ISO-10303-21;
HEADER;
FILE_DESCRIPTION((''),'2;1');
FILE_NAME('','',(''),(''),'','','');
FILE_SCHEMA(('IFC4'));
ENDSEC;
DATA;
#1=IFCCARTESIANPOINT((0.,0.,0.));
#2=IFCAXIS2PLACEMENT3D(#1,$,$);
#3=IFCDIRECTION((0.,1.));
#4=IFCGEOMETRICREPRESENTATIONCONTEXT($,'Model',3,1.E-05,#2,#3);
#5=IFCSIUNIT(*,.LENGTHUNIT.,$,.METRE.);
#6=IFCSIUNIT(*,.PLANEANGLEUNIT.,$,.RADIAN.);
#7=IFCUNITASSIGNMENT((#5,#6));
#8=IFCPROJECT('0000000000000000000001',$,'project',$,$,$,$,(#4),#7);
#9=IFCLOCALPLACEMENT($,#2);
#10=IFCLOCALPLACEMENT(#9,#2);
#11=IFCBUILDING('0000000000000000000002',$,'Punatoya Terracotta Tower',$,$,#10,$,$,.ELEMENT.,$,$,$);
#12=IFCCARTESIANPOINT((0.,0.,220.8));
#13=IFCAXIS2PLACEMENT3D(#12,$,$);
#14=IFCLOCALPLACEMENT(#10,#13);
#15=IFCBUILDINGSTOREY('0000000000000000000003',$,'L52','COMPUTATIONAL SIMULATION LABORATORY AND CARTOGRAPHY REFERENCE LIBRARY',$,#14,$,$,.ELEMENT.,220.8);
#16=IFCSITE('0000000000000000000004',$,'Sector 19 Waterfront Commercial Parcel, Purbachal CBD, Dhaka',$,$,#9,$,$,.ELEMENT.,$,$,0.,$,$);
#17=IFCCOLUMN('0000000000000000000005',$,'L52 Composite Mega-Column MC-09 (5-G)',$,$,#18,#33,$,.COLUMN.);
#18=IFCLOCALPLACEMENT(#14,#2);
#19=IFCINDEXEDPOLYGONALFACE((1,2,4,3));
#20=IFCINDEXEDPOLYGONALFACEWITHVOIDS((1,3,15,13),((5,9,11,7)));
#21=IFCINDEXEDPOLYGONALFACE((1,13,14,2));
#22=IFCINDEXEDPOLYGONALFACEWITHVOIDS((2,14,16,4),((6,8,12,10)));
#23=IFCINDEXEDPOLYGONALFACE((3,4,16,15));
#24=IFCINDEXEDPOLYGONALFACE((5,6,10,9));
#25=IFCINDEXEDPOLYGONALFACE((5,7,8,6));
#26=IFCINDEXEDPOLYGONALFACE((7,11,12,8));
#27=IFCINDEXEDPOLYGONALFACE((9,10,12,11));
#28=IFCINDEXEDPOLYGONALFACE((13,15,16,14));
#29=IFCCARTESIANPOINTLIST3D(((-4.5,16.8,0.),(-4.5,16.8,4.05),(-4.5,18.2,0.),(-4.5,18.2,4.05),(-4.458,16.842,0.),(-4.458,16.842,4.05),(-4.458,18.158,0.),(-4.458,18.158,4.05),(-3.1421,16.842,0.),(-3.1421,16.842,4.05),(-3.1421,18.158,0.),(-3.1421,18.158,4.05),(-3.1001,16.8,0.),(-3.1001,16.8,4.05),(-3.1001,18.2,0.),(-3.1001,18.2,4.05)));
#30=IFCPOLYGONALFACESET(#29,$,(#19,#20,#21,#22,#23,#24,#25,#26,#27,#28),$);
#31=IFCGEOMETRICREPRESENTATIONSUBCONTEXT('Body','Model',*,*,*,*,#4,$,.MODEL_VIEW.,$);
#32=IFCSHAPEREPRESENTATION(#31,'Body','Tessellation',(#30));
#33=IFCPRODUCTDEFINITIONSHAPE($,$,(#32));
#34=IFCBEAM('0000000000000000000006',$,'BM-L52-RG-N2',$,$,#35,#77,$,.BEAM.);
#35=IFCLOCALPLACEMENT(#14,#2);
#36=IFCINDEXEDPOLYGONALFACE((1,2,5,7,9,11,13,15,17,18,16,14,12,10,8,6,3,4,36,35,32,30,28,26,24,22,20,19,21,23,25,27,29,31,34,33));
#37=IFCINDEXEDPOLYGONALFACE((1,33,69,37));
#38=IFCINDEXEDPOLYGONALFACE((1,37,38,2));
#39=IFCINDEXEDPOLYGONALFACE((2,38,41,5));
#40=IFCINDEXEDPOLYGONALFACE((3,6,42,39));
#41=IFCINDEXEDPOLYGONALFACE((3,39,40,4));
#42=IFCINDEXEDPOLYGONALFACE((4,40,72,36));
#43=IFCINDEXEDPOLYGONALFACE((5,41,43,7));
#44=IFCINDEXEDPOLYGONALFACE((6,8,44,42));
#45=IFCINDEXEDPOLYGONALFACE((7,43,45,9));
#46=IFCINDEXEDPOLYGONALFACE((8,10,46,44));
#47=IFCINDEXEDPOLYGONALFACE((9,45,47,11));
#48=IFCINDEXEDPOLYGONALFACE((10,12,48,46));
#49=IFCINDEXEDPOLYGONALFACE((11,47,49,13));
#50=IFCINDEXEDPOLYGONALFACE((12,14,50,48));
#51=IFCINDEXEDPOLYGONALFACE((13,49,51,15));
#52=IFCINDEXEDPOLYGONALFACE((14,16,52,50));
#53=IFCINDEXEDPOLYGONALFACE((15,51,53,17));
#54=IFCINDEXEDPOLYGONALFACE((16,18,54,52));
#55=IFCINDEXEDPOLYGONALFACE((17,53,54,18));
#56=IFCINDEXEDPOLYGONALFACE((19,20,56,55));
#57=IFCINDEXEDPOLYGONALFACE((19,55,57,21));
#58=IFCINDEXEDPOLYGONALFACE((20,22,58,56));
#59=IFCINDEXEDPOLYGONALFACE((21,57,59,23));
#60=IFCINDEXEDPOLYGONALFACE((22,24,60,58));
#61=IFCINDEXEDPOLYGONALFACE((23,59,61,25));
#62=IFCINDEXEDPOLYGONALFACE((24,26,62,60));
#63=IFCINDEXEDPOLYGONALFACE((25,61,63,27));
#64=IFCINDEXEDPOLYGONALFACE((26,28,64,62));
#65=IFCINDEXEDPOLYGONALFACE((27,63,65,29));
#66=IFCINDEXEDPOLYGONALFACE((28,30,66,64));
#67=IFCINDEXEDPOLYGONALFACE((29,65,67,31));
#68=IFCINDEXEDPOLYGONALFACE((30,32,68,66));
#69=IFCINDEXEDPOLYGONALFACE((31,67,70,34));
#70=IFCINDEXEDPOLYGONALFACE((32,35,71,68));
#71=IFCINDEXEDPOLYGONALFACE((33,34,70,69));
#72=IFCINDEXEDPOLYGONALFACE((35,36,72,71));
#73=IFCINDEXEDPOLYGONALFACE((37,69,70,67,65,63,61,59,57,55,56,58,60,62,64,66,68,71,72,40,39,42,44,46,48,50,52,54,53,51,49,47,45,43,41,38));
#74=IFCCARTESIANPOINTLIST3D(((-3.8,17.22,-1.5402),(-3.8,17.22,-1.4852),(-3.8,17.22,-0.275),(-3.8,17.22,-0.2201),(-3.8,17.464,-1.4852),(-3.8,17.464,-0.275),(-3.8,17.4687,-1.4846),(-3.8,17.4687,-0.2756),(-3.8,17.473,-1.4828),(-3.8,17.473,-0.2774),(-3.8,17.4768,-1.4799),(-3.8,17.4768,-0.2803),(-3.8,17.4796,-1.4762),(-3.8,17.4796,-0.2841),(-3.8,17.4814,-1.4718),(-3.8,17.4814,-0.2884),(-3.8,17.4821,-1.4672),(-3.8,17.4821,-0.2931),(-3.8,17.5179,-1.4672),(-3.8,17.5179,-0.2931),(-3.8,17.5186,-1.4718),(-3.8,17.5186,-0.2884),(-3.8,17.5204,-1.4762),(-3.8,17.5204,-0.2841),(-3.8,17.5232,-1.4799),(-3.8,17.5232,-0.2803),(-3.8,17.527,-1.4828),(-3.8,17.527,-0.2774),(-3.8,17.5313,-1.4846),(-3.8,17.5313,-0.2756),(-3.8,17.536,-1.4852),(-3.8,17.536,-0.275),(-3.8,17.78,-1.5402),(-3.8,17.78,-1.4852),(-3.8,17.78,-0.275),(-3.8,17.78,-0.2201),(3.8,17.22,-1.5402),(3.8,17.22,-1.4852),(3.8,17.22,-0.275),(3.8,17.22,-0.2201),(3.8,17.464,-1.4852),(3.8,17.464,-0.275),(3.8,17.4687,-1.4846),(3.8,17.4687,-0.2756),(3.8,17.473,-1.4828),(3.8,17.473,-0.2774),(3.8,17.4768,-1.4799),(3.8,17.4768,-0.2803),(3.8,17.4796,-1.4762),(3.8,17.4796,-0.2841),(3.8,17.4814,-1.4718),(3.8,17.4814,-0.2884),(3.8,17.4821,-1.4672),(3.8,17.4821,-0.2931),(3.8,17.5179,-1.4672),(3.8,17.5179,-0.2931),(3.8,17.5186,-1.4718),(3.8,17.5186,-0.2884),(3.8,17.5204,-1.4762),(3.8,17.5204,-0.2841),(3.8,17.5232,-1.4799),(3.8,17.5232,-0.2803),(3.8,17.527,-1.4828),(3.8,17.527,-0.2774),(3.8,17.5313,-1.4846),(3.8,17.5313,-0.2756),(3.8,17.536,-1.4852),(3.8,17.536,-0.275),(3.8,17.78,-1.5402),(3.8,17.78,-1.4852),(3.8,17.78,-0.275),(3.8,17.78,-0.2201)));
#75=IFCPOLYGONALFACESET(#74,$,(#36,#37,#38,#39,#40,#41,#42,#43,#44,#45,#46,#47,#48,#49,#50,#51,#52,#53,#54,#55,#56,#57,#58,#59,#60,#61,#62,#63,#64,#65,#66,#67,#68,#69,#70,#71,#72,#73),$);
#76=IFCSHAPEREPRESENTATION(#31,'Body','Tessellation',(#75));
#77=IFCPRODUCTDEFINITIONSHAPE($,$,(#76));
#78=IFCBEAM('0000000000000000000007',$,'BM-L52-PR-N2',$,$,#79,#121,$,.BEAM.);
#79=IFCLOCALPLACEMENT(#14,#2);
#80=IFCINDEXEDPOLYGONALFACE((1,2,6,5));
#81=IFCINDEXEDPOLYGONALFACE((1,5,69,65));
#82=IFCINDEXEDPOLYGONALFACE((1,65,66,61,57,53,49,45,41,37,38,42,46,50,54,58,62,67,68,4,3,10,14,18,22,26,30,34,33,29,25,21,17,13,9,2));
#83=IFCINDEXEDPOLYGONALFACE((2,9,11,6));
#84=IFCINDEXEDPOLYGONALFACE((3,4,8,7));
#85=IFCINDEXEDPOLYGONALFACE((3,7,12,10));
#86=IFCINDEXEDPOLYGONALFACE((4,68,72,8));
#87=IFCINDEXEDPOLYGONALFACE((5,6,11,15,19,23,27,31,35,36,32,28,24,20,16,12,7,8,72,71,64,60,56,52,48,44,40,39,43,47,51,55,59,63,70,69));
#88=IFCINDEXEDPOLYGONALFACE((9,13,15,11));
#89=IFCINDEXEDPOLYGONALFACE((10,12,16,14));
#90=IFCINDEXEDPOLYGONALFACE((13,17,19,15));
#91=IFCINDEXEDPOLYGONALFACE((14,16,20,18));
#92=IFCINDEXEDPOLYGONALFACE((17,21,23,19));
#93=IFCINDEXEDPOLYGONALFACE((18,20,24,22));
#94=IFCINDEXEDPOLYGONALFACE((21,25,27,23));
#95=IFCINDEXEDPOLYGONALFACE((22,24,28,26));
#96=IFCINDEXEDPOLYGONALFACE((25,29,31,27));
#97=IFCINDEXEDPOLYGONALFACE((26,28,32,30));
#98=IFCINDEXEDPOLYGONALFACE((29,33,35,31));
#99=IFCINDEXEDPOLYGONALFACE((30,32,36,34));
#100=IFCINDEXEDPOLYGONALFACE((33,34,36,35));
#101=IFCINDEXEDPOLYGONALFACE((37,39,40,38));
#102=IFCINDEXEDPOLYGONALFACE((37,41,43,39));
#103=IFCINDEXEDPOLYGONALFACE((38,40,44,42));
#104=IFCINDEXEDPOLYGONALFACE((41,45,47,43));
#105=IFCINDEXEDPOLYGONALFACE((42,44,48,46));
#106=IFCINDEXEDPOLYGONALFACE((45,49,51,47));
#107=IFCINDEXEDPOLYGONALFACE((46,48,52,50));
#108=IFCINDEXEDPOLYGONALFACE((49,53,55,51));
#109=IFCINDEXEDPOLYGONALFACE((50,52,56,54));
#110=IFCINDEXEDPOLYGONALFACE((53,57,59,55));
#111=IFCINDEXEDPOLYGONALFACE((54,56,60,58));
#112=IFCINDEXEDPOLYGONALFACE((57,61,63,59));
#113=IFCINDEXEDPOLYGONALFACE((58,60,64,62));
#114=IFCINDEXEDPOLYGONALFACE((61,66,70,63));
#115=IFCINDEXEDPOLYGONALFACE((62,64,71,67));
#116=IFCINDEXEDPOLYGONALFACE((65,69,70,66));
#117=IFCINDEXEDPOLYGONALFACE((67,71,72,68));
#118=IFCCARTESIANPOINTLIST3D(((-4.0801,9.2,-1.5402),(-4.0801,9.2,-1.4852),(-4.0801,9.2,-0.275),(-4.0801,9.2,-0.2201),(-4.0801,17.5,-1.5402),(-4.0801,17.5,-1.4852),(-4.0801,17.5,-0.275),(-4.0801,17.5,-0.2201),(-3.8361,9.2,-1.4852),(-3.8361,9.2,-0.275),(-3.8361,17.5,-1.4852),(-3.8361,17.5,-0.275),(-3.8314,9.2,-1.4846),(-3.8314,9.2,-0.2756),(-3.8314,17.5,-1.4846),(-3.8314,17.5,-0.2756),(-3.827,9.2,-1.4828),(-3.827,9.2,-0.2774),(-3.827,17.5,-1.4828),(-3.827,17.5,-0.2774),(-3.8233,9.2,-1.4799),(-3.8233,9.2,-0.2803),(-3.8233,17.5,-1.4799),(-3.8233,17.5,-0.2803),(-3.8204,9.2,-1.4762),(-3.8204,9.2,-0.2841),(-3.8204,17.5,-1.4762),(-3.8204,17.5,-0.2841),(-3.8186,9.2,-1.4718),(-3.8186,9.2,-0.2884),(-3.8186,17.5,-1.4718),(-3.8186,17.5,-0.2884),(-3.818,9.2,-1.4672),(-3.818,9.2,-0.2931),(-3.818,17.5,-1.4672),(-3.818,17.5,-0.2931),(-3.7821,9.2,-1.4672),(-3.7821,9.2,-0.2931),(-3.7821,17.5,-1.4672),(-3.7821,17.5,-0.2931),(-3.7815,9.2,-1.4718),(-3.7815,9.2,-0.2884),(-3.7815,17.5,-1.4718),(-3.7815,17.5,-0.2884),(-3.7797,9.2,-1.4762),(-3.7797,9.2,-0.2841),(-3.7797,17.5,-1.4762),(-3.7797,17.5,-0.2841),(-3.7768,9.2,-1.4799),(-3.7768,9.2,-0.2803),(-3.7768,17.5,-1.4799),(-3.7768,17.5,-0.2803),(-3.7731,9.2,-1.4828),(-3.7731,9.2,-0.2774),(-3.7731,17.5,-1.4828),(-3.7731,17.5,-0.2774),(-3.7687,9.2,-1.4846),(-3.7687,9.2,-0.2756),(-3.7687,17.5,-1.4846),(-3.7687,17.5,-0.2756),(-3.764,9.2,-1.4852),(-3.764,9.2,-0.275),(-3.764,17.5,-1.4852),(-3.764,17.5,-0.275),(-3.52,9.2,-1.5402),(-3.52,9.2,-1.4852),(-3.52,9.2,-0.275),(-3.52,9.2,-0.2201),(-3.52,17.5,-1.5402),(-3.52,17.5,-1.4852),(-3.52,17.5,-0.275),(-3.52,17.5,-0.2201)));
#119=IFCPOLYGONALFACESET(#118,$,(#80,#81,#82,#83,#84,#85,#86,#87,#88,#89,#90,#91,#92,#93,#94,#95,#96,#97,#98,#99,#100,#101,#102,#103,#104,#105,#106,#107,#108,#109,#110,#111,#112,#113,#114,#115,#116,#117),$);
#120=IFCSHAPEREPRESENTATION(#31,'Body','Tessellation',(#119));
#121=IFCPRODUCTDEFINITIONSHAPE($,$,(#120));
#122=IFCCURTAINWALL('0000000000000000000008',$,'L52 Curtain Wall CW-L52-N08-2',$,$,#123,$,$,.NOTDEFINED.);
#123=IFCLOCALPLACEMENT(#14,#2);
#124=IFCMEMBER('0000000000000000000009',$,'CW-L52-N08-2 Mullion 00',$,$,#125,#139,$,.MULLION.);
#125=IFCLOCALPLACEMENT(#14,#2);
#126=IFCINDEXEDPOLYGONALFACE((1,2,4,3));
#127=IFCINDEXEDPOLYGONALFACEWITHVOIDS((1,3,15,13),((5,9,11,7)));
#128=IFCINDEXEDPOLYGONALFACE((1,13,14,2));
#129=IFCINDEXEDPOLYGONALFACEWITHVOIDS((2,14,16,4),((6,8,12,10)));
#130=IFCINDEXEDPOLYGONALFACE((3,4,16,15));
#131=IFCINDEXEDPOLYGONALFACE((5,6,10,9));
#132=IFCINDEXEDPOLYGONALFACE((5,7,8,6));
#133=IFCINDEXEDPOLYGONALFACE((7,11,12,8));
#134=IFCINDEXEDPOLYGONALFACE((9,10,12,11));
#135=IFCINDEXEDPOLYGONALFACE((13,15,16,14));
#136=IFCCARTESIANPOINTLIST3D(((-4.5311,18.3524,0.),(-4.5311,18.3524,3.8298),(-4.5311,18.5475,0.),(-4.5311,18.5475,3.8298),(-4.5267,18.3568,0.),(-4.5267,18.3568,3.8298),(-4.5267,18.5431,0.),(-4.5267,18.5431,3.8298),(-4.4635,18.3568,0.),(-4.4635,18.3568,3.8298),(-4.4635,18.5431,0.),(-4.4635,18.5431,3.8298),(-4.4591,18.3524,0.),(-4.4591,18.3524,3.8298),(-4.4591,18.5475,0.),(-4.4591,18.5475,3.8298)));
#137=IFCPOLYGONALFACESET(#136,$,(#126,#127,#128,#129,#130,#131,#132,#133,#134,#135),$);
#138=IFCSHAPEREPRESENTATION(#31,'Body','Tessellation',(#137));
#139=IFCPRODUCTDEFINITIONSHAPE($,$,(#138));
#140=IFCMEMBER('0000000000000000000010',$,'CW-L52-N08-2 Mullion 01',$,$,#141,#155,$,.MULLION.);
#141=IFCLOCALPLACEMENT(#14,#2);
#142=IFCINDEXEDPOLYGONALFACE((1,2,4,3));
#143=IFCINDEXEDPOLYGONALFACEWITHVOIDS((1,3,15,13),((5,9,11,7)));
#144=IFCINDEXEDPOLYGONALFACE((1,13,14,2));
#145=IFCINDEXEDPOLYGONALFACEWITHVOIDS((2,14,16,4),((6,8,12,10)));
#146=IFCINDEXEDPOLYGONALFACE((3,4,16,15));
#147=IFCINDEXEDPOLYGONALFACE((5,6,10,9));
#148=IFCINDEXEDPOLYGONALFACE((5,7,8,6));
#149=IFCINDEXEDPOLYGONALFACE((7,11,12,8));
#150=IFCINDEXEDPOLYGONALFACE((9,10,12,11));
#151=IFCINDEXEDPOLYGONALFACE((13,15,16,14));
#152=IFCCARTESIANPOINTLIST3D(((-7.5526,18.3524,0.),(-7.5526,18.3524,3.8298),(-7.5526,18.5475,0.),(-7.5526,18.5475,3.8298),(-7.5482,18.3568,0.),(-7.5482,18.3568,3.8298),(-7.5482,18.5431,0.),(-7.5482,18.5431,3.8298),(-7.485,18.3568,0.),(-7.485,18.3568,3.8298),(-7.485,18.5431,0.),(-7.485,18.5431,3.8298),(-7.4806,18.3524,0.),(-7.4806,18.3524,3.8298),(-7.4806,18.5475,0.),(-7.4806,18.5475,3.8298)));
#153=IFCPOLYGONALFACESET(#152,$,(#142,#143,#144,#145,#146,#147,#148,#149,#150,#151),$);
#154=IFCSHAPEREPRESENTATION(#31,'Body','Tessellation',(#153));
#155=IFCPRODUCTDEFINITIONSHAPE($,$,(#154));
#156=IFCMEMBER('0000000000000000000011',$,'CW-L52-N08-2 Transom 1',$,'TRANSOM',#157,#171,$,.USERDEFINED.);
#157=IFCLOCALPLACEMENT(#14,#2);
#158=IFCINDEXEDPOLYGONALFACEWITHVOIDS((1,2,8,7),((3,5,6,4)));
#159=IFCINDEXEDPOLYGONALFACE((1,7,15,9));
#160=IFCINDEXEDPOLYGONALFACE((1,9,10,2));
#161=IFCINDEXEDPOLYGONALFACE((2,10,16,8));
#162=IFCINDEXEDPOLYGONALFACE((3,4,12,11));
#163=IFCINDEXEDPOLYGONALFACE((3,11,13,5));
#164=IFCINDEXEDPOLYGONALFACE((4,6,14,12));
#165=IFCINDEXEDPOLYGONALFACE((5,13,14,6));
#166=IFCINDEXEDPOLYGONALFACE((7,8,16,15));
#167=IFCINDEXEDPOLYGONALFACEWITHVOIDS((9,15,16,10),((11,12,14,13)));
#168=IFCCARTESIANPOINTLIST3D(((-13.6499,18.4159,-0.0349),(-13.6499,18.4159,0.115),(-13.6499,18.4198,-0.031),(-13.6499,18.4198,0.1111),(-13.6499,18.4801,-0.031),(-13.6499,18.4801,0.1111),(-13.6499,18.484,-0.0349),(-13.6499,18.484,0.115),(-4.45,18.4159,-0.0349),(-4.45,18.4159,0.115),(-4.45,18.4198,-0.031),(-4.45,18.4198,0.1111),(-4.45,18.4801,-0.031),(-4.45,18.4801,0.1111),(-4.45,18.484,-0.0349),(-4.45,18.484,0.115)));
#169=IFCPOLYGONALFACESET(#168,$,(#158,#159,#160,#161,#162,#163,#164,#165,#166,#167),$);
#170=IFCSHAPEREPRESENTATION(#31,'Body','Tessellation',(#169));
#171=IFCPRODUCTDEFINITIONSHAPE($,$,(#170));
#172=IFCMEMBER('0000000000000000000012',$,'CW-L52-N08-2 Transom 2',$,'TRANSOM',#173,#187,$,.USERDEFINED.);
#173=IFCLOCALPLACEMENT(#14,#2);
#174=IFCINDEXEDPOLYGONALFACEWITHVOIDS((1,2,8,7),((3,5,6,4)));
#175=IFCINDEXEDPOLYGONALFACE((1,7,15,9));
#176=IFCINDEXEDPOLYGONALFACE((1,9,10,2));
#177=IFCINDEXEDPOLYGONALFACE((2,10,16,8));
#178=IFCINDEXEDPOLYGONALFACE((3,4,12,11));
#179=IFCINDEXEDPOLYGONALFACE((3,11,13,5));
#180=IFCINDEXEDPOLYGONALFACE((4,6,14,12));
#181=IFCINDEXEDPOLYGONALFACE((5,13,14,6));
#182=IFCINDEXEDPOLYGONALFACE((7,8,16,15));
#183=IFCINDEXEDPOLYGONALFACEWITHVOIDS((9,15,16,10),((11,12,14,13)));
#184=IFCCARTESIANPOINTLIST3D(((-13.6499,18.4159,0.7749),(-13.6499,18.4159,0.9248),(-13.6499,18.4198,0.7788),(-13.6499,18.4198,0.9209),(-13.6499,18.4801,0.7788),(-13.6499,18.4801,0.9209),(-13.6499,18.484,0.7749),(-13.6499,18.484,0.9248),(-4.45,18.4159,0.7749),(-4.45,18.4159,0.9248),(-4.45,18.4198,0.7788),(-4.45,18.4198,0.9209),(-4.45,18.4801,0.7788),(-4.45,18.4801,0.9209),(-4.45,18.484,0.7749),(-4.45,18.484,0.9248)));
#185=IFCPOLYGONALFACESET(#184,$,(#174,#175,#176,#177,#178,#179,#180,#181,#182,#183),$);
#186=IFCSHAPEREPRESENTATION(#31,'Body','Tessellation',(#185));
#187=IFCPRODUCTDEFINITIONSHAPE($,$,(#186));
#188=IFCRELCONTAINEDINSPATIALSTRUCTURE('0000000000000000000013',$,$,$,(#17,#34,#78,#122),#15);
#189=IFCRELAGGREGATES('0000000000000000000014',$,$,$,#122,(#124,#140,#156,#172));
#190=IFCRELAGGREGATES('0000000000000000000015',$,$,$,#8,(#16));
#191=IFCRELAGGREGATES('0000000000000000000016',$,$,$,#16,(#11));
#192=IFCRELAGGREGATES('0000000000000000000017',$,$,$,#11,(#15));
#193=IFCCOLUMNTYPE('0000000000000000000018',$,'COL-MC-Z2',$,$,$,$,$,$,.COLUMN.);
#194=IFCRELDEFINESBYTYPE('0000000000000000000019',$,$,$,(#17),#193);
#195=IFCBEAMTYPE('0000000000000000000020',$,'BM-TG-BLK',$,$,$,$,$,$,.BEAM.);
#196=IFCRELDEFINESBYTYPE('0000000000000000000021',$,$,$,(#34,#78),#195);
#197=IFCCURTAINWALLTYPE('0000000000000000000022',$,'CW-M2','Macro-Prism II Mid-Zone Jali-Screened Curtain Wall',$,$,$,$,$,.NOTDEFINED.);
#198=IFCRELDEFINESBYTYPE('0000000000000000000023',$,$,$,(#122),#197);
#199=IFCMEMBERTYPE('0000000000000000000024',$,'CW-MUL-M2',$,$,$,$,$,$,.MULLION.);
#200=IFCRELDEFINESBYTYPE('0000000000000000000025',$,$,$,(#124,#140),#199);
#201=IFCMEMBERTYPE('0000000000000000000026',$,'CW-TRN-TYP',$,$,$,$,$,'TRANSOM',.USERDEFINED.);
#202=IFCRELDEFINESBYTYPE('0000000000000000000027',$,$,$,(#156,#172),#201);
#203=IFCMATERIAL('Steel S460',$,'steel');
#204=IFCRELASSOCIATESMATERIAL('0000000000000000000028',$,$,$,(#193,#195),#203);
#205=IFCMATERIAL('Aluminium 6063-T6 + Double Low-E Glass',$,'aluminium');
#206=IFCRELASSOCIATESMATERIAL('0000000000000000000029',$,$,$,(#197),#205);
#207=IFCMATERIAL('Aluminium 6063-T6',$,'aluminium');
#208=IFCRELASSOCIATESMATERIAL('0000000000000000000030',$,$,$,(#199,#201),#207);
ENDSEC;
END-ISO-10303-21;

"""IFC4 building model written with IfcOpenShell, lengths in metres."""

from ifc_helpers import new_model, si_unit, direction, frame, origin, origin_2d, place, context, subcontext, project, spatial, hollow_rectangle, i_section, extrude, material, material_profile, profile_set, type_object, element, aggregate, save


model = new_model("IFC4")

# Units and contexts
model_context = context("Model", 3, precision=1e-05, world=origin(), true_north=direction((0.0, 1.0)))
body_context = subcontext(model_context, "Body", "Model", "MODEL_VIEW")
ifc_project = project(units=[si_unit("LENGTHUNIT", "METRE"), si_unit("PLANEANGLEUNIT", "RADIAN")], contexts=[model_context])

# Site, building, storey
site_placement = place(None, origin())
site = spatial("IfcSite", under=ifc_project, at=site_placement, Name="Sector 19 Waterfront Commercial Parcel, Purbachal CBD, Dhaka", CompositionType="ELEMENT", RefElevation=0.0)
building_placement = place(site_placement, origin())
building = spatial("IfcBuilding", under=site, at=building_placement, Name="Punatoya Terracotta Tower", CompositionType="ELEMENT")
storey_placement = place(building_placement, frame((0.0, 0.0, 220.8)))
storey = spatial("IfcBuildingStorey", under=building, at=storey_placement, Name="L52", Description="COMPUTATIONAL SIMULATION LABORATORY AND CARTOGRAPHY REFERENCE LIBRARY", CompositionType="ELEMENT", Elevation=220.8)

# Column
ifc_material_1 = material(Name="Steel S460", Category="steel")
ifc_material_profile_1 = material_profile(ifc_material_1, hollow_rectangle(XDim=1.3999, YDim=1.3999, WallThickness=0.042, at=origin_2d()))
ifc_profile_set_1 = profile_set([ifc_material_profile_1], Name="Steel S460")
column_type = type_object("IfcColumnType", Name="COL-MC-Z2", PredefinedType="COLUMN", material=ifc_profile_set_1)
column_placement = place(storey_placement, frame((-3.8, 17.5, 0.0), z_axis=(0.0, 0.0, 1.0), x_axis=(1.0, 0.0, 0.0)))
element("IfcColumn", 1, at=column_placement, inside=storey, type_object=column_type, Name="L52 Composite Mega-Column MC-09 (5-G)", PredefinedType="COLUMN", context=body_context, shape_type="SweptSolid", body=[
    extrude(hollow_rectangle(XDim=1.3999, YDim=1.3999, WallThickness=0.042, at=origin_2d()), origin(), (0.0, 0.0, 1.0), 4.05),
])

# Beams
ifc_material_profile_2 = material_profile(ifc_material_1, i_section(OverallWidth=0.5601, OverallDepth=1.3201, WebThickness=0.0359, FlangeThickness=0.0549, FilletRadius=0.0181, at=origin_2d()))
ifc_profile_set_2 = profile_set([ifc_material_profile_2], Name="Steel S460")
beam_type = type_object("IfcBeamType", Name="BM-TG-BLK", PredefinedType="BEAM", material=ifc_profile_set_2)
beam_1_placement = place(storey_placement, frame((-3.8, 17.5, -0.8801), z_axis=(1.0, 0.0, 0.0), x_axis=(0.0, 1.0, 0.0)))
element("IfcBeam", 2, at=beam_1_placement, inside=storey, type_object=beam_type, Name="BM-L52-RG-N2", PredefinedType="BEAM", context=body_context, shape_type="SweptSolid", body=[
    extrude(i_section(OverallWidth=0.5601, OverallDepth=1.3201, WebThickness=0.0359, FlangeThickness=0.0549, FilletRadius=0.0181, at=origin_2d()), origin(), (0.0, 0.0, 1.0), 7.6001),
])
beam_2_placement = place(storey_placement, frame((-3.8, 9.2, -0.8801), z_axis=(0.0, 1.0, 0.0), x_axis=(-1.0, 0.0, 0.0)))
element("IfcBeam", 3, at=beam_2_placement, inside=storey, type_object=beam_type, Name="BM-L52-PR-N2", PredefinedType="BEAM", context=body_context, shape_type="SweptSolid", body=[
    extrude(i_section(OverallWidth=0.5601, OverallDepth=1.3201, WebThickness=0.0359, FlangeThickness=0.0549, FilletRadius=0.0181, at=origin_2d()), origin(), (0.0, 0.0, 1.0), 8.3),
])

# Curtain wall, members
ifc_material_2 = material(Name="Aluminium 6063-T6 + Double Low-E Glass", Category="aluminium")
curtain_wall_type = type_object("IfcCurtainWallType", Name="CW-M2", Description="Macro-Prism II Mid-Zone Jali-Screened Curtain Wall", PredefinedType="NOTDEFINED", material=ifc_material_2)
curtain_wall_placement = place(storey_placement, origin())
curtain_wall = element("IfcCurtainWall", 4, at=curtain_wall_placement, inside=storey, type_object=curtain_wall_type, Name="L52 Curtain Wall CW-L52-N08-2", PredefinedType="NOTDEFINED")
ifc_material_3 = material(Name="Aluminium 6063-T6", Category="aluminium")
ifc_material_profile_3 = material_profile(ifc_material_3, hollow_rectangle(XDim=0.072, YDim=0.1951, WallThickness=0.0044, at=origin_2d()))
ifc_profile_set_3 = profile_set([ifc_material_profile_3], Name="Aluminium 6063-T6")
member_type_1 = type_object("IfcMemberType", Name="CW-MUL-M2", PredefinedType="MULLION", material=ifc_profile_set_3)
member_1_placement = place(storey_placement, frame((-4.4951, 18.45, 0.0), z_axis=(0.0, 0.0, 1.0), x_axis=(1.0, 0.0, 0.0)))
member_1 = element("IfcMember", 5, at=member_1_placement, type_object=member_type_1, Name="CW-L52-N08-2 Mullion 00", PredefinedType="MULLION", context=body_context, shape_type="SweptSolid", body=[
    extrude(hollow_rectangle(XDim=0.072, YDim=0.1951, WallThickness=0.0044, at=origin_2d()), origin(), (0.0, 0.0, 1.0), 3.8298),
])
member_2_placement = place(storey_placement, frame((-7.5166, 18.45, 0.0), z_axis=(0.0, 0.0, 1.0), x_axis=(1.0, 0.0, 0.0)))
member_2 = element("IfcMember", 6, at=member_2_placement, type_object=member_type_1, Name="CW-L52-N08-2 Mullion 01", PredefinedType="MULLION", context=body_context, shape_type="SweptSolid", body=[
    extrude(hollow_rectangle(XDim=0.072, YDim=0.1951, WallThickness=0.0044, at=origin_2d()), origin(), (0.0, 0.0, 1.0), 3.8298),
])
ifc_material_profile_4 = material_profile(ifc_material_3, hollow_rectangle(XDim=0.0681, YDim=0.1499, WallThickness=0.0039, at=origin_2d()))
ifc_profile_set_4 = profile_set([ifc_material_profile_4], Name="Aluminium 6063-T6")
member_type_2 = type_object("IfcMemberType", Name="CW-TRN-TYP", ElementType="TRANSOM", PredefinedType="USERDEFINED", material=ifc_profile_set_4)
member_3_placement = place(storey_placement, frame((-4.45, 18.45, 0.04), z_axis=(-1.0, 0.0, 0.0), x_axis=(0.0, -1.0, 0.0)))
member_3 = element("IfcMember", 7, at=member_3_placement, type_object=member_type_2, Name="CW-L52-N08-2 Transom 1", ObjectType="TRANSOM", PredefinedType="USERDEFINED", context=body_context, shape_type="SweptSolid", body=[
    extrude(hollow_rectangle(XDim=0.0681, YDim=0.1499, WallThickness=0.0039, at=origin_2d()), origin(), (0.0, 0.0, 1.0), 9.2),
])
member_4_placement = place(storey_placement, frame((-4.45, 18.45, 0.8499), z_axis=(-1.0, 0.0, 0.0), x_axis=(0.0, -1.0, 0.0)))
member_4 = element("IfcMember", 8, at=member_4_placement, type_object=member_type_2, Name="CW-L52-N08-2 Transom 2", ObjectType="TRANSOM", PredefinedType="USERDEFINED", context=body_context, shape_type="SweptSolid", body=[
    extrude(hollow_rectangle(XDim=0.0681, YDim=0.1499, WallThickness=0.0039, at=origin_2d()), origin(), (0.0, 0.0, 1.0), 9.2),
])

aggregate(curtain_wall, [member_1, member_2, member_3, member_4])

save(model, "model.ifc")
